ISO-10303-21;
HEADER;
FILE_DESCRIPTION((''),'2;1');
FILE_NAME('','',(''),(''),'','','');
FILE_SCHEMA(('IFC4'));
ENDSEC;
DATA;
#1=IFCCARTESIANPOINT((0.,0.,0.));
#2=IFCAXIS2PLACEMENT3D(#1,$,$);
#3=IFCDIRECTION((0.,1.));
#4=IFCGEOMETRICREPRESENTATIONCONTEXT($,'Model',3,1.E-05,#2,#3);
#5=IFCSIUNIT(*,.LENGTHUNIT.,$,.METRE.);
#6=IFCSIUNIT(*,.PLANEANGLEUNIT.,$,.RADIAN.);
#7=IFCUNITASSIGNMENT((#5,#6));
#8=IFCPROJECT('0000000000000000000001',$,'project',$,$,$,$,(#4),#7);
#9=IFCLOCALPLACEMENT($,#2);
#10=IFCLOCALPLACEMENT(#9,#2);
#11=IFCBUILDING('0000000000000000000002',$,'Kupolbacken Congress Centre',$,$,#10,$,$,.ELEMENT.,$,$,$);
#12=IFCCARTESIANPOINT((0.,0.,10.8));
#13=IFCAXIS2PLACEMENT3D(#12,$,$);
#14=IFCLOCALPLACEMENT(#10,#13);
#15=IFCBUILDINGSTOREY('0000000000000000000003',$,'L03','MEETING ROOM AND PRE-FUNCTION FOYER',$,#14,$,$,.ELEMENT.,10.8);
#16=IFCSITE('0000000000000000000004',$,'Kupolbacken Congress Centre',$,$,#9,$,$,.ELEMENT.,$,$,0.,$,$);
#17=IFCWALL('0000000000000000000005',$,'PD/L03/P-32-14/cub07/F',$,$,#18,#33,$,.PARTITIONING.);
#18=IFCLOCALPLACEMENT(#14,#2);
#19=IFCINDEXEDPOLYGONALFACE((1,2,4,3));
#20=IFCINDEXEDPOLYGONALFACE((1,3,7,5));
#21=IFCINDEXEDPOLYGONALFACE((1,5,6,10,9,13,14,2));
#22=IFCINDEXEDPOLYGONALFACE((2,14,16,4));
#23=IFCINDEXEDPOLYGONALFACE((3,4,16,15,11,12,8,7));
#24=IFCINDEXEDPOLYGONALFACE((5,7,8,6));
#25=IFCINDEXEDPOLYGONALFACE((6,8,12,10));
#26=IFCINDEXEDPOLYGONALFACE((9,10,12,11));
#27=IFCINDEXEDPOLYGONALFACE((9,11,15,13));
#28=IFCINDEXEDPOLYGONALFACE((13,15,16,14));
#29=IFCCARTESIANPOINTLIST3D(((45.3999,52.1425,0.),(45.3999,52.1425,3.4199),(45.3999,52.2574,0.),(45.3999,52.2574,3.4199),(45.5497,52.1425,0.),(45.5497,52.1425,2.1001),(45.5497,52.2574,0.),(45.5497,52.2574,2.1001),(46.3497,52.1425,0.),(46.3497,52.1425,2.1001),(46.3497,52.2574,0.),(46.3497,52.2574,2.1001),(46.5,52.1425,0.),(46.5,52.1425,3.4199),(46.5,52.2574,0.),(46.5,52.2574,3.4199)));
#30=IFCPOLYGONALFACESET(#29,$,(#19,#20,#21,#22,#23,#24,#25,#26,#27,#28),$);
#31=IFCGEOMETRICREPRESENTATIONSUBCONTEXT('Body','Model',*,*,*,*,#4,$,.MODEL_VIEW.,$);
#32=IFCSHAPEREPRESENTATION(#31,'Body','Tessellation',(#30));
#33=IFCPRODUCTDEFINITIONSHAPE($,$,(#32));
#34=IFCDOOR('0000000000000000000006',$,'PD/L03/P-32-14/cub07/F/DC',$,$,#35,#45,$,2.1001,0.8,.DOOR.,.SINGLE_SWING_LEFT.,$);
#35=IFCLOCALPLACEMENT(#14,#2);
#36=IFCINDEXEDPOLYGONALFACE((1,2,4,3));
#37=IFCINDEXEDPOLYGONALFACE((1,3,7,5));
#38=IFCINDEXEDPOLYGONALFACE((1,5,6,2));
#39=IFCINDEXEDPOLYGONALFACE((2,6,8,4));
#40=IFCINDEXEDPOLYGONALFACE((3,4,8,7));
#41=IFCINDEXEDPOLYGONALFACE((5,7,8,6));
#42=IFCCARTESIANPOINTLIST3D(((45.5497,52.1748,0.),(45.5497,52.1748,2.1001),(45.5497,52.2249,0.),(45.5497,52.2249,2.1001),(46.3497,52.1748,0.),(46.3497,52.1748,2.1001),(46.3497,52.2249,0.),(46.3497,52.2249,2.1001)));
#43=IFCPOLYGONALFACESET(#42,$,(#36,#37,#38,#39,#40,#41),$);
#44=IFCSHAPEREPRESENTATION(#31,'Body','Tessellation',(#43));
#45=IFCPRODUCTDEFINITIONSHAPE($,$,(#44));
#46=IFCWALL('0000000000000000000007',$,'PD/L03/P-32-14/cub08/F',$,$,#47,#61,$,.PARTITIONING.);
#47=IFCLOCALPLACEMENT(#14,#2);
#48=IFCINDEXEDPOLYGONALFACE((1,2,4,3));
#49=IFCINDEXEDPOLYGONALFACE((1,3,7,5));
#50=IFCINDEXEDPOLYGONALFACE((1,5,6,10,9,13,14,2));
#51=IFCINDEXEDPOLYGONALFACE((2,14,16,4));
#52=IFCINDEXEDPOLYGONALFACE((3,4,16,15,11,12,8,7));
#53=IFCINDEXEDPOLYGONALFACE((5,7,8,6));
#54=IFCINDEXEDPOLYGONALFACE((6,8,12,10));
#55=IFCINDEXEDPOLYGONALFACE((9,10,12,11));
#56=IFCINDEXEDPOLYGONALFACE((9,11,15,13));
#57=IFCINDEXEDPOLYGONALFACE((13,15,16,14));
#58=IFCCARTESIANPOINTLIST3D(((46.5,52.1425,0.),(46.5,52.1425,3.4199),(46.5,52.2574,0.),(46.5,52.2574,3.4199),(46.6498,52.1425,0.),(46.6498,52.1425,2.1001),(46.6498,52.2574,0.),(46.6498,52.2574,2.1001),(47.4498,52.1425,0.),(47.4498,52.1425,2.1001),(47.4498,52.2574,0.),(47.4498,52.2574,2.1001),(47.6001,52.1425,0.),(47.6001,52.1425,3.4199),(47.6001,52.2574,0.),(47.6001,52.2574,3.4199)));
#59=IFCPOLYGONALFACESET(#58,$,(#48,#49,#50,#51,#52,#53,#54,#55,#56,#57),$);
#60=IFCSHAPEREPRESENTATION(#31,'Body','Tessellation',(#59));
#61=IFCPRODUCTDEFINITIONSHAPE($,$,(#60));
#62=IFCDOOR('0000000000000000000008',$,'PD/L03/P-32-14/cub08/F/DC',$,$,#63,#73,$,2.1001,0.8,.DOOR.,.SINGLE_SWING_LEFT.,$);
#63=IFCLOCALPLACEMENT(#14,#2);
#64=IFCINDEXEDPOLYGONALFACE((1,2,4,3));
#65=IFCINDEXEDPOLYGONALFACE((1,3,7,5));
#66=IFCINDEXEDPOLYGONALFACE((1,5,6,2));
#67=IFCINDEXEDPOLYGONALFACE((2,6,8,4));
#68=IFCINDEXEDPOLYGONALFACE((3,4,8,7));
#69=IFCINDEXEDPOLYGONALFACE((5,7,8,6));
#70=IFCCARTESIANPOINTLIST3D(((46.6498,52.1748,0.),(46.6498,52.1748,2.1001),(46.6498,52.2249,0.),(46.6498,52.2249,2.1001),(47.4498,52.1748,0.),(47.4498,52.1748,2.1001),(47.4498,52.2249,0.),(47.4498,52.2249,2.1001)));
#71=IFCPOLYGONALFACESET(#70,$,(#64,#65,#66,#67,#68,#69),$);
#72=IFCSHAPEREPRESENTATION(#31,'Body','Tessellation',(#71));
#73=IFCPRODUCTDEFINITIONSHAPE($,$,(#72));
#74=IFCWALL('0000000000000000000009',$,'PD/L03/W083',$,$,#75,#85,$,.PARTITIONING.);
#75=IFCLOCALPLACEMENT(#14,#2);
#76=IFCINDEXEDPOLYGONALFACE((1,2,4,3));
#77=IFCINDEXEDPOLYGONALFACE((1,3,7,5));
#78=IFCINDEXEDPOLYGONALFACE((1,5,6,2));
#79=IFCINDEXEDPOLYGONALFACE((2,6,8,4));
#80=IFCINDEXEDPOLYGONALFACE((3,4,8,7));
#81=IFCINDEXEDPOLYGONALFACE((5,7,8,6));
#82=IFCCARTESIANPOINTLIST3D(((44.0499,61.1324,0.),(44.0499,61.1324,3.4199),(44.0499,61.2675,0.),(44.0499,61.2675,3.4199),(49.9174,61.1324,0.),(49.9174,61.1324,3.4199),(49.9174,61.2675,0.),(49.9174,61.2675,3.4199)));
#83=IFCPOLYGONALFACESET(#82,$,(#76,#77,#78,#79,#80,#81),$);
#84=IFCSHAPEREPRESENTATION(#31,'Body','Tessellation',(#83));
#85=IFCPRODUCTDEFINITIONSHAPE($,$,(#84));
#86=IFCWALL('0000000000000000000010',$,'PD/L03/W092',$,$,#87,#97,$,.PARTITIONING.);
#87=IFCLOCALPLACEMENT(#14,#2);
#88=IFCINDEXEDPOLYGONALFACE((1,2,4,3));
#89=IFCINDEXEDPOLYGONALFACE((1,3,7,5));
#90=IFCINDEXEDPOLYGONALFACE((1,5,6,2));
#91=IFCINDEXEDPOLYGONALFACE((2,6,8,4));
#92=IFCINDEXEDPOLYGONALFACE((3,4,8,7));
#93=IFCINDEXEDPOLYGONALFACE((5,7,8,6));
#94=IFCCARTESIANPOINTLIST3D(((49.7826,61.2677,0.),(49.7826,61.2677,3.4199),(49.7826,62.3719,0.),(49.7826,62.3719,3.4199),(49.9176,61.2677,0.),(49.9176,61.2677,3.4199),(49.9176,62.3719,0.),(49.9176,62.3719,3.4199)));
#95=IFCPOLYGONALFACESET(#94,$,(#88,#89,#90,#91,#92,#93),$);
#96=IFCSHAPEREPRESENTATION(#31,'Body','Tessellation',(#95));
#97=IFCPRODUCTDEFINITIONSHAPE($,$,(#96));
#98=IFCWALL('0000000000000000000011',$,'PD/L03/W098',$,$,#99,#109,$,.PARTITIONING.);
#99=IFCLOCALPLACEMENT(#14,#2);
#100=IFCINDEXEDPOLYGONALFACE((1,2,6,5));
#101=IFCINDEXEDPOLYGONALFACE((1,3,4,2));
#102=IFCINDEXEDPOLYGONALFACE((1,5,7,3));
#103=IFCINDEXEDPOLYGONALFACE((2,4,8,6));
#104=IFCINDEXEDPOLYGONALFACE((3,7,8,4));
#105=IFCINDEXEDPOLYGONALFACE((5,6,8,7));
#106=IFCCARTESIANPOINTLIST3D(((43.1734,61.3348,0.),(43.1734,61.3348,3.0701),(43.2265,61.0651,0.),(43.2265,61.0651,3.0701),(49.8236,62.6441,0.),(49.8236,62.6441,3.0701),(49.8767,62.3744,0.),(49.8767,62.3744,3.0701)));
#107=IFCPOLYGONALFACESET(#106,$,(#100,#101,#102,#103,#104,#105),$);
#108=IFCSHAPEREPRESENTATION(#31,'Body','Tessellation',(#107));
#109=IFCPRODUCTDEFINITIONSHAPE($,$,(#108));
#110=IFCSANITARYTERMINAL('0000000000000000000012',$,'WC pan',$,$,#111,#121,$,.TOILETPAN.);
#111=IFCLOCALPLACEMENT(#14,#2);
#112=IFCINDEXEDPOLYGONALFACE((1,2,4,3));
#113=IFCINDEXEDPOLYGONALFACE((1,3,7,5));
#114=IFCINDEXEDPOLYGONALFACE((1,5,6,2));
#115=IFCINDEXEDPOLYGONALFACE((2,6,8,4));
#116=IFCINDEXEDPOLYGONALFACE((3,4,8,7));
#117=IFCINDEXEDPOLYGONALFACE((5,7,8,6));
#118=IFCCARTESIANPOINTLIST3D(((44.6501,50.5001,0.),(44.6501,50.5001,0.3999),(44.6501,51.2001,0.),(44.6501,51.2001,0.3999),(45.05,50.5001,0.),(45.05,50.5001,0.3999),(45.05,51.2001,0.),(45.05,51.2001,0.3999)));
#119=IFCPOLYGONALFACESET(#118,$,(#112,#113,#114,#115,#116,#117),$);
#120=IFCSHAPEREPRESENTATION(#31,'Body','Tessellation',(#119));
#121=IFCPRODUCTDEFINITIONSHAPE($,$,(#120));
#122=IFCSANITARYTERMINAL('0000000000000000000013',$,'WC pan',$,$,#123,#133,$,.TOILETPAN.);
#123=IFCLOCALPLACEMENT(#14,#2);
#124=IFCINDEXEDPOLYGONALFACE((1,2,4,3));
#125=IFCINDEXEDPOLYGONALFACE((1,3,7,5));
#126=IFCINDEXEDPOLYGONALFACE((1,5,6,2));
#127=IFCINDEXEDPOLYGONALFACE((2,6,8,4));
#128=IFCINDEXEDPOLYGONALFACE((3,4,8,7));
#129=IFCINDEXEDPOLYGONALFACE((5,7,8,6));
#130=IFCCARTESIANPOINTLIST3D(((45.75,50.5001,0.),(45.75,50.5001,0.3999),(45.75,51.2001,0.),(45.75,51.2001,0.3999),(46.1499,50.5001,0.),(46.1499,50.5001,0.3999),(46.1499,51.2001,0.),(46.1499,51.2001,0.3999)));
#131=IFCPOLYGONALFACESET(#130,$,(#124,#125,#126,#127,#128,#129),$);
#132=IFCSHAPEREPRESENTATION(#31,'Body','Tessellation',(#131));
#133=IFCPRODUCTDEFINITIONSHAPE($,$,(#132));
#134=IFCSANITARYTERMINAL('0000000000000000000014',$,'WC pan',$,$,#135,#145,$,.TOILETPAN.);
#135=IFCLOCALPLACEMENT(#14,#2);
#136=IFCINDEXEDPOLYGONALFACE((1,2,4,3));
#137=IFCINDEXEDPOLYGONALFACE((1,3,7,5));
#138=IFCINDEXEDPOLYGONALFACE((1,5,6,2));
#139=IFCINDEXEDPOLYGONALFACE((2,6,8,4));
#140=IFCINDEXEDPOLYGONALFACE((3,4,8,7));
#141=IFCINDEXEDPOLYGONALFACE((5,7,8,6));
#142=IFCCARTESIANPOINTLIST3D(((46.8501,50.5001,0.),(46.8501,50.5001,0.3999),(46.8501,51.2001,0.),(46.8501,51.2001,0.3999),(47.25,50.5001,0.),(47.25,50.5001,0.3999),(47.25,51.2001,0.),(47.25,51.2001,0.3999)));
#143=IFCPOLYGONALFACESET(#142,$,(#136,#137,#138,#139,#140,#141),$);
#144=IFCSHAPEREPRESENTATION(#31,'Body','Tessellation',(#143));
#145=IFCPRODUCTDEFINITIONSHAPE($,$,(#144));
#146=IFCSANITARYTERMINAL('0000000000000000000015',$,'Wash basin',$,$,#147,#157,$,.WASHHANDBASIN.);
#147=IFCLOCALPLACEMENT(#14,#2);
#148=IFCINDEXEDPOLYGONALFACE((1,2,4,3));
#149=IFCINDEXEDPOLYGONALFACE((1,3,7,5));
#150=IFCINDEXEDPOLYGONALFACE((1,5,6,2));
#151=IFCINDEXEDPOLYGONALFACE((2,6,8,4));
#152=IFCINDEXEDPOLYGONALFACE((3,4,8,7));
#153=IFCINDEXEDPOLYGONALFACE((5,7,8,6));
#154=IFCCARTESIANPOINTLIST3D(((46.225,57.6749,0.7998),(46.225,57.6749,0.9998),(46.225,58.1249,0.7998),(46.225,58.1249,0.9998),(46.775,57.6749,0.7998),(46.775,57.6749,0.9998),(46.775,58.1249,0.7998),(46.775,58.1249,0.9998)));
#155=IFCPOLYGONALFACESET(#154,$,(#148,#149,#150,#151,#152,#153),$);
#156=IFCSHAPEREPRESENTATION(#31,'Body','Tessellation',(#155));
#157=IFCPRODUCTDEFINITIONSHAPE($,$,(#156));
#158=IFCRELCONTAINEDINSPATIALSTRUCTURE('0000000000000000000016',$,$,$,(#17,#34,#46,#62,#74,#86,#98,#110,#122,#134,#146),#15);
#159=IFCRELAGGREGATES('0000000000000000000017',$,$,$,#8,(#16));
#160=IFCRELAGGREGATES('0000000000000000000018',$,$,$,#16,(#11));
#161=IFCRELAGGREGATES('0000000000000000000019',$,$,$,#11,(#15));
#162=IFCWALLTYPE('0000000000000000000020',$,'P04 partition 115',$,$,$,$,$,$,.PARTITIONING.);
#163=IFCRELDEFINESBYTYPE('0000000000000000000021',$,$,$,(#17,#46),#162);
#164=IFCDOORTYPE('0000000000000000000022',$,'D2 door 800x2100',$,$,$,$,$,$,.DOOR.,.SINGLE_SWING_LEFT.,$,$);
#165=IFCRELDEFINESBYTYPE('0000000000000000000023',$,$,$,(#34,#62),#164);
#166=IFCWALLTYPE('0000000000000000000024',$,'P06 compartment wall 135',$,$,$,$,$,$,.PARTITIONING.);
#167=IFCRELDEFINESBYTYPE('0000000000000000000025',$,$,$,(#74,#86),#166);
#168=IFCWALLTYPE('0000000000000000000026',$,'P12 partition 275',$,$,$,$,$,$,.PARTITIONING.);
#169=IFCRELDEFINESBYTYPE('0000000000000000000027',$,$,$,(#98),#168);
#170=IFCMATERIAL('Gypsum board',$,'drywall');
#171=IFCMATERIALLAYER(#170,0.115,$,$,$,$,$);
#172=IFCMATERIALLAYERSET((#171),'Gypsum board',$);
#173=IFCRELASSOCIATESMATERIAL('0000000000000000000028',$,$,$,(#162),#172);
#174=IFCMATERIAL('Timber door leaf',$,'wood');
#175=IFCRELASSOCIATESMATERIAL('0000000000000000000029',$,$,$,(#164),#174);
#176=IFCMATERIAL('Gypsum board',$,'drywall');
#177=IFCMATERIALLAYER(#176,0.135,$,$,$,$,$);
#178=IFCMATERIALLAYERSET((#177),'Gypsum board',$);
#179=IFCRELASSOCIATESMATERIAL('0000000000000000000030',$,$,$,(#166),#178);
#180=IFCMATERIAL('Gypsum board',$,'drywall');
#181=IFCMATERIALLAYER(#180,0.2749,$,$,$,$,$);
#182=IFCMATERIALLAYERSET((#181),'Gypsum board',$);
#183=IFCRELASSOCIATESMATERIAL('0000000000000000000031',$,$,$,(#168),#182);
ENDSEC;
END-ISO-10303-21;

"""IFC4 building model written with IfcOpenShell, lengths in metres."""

from ifc_helpers import new_model, si_unit, direction, frame, frame_2d, origin, origin_2d, place, context, subcontext, project, spatial, rectangle, extrude, material, layer, layer_set, type_object, element, fill, save


model = new_model("IFC4")

# Units and contexts
model_context = context("Model", 3, precision=1e-05, world=origin(), true_north=direction((0.0, 1.0)))
body_context = subcontext(model_context, "Body", "Model", "MODEL_VIEW")
ifc_project = project(units=[si_unit("LENGTHUNIT", "METRE"), si_unit("PLANEANGLEUNIT", "RADIAN")], contexts=[model_context])

# Site, building, storey
site_placement = place(None, origin())
site = spatial("IfcSite", under=ifc_project, at=site_placement, Name="Kupolbacken Congress Centre", CompositionType="ELEMENT", RefElevation=0.0)
building_placement = place(site_placement, origin())
building = spatial("IfcBuilding", under=site, at=building_placement, Name="Kupolbacken Congress Centre", CompositionType="ELEMENT")
storey_placement = place(building_placement, frame((0.0, 0.0, 10.8)))
storey = spatial("IfcBuildingStorey", under=building, at=storey_placement, Name="L03", Description="MEETING ROOM AND PRE-FUNCTION FOYER", CompositionType="ELEMENT", Elevation=10.8)

# Walls, openings, doors
ifc_material_1 = material(Name="Gypsum board", Category="drywall")
ifc_layer_1 = layer(ifc_material_1, 0.115)
ifc_layer_set_1 = layer_set([ifc_layer_1], Name="Gypsum board")
wall_type_1 = type_object("IfcWallType", Name="P04 partition 115", PredefinedType="PARTITIONING", material=ifc_layer_set_1)
ifc_material_2 = material(Name="Timber door leaf", Category="wood")
door_type = type_object("IfcDoorType", Name="D2 door 800x2100", OperationType="SINGLE_SWING_LEFT", PredefinedType="DOOR", material=ifc_material_2)
wall_1_placement = place(storey_placement, frame((45.3999, 52.2, 0.0), z_axis=(0.0, 0.0, 1.0), x_axis=(1.0, 0.0, 0.0)))
wall_1 = element("IfcWall", 1, at=wall_1_placement, inside=storey, type_object=wall_type_1, Name="PD/L03/P-32-14/cub07/F", PredefinedType="PARTITIONING", context=body_context, shape_type="SweptSolid", body=[
    extrude(rectangle(XDim=1.1001, YDim=0.115, at=frame_2d((0.55, 0.0))), origin(), (0.0, 0.0, 1.0), 3.4199),
])
opening_1_placement = place(wall_1_placement, frame((0.1499, 0.0, 0.0)))
opening_1 = element("IfcOpeningElement", 2, at=opening_1_placement, cuts=wall_1, PredefinedType="OPENING", context=body_context, shape_type="SweptSolid", body=[
    extrude(rectangle(XDim=0.8, YDim=2.1001, at=frame_2d((0.3999, 1.05))), frame((0.0, 0.0674, 0.0), z_axis=(0.0, -1.0, 0.0), x_axis=(1.0, 0.0, 0.0)), (0.0, 0.0, 1.0), 0.135),
])
door_1_placement = place(opening_1_placement, origin())
door_1 = element("IfcDoor", 3, at=door_1_placement, inside=storey, type_object=door_type, Name="PD/L03/P-32-14/cub07/F/DC", OperationType="SINGLE_SWING_LEFT", OverallHeight=2.1001, OverallWidth=0.8, PredefinedType="DOOR", context=body_context, shape_type="SweptSolid", body=[
    extrude(rectangle(XDim=0.8, YDim=2.1001, at=frame_2d((0.3999, 1.05))), frame((0.0, 0.0249, 0.0), z_axis=(0.0, -1.0, 0.0), x_axis=(1.0, 0.0, 0.0)), (0.0, 0.0, 1.0), 0.05),
])
fill(opening_1, door_1)
wall_2_placement = place(storey_placement, frame((46.5, 52.2, 0.0), z_axis=(0.0, 0.0, 1.0), x_axis=(1.0, 0.0, 0.0)))
wall_2 = element("IfcWall", 4, at=wall_2_placement, inside=storey, type_object=wall_type_1, Name="PD/L03/P-32-14/cub08/F", PredefinedType="PARTITIONING", context=body_context, shape_type="SweptSolid", body=[
    extrude(rectangle(XDim=1.1001, YDim=0.115, at=frame_2d((0.55, 0.0))), origin(), (0.0, 0.0, 1.0), 3.4199),
])
opening_2_placement = place(wall_2_placement, frame((0.1499, 0.0, 0.0)))
opening_2 = element("IfcOpeningElement", 5, at=opening_2_placement, cuts=wall_2, PredefinedType="OPENING", context=body_context, shape_type="SweptSolid", body=[
    extrude(rectangle(XDim=0.8, YDim=2.1001, at=frame_2d((0.3999, 1.05))), frame((0.0, 0.0674, 0.0), z_axis=(0.0, -1.0, 0.0), x_axis=(1.0, 0.0, 0.0)), (0.0, 0.0, 1.0), 0.135),
])
door_2_placement = place(opening_2_placement, origin())
door_2 = element("IfcDoor", 6, at=door_2_placement, inside=storey, type_object=door_type, Name="PD/L03/P-32-14/cub08/F/DC", OperationType="SINGLE_SWING_LEFT", OverallHeight=2.1001, OverallWidth=0.8, PredefinedType="DOOR", context=body_context, shape_type="SweptSolid", body=[
    extrude(rectangle(XDim=0.8, YDim=2.1001, at=frame_2d((0.3999, 1.05))), frame((0.0, 0.0249, 0.0), z_axis=(0.0, -1.0, 0.0), x_axis=(1.0, 0.0, 0.0)), (0.0, 0.0, 1.0), 0.05),
])
fill(opening_2, door_2)

# Walls
ifc_material_3 = material(Name="Gypsum board", Category="drywall")
ifc_layer_2 = layer(ifc_material_3, 0.135)
ifc_layer_set_2 = layer_set([ifc_layer_2], Name="Gypsum board")
wall_type_2 = type_object("IfcWallType", Name="P06 compartment wall 135", PredefinedType="PARTITIONING", material=ifc_layer_set_2)
wall_3_placement = place(storey_placement, frame((44.05, 61.2, 0.0), z_axis=(0.0, 0.0, 1.0), x_axis=(1.0, 0.0, 0.0)))
element("IfcWall", 7, at=wall_3_placement, inside=storey, type_object=wall_type_2, Name="PD/L03/W083", PredefinedType="PARTITIONING", context=body_context, shape_type="SweptSolid", body=[
    extrude(rectangle(XDim=5.8674, YDim=0.135, at=frame_2d((2.9336, 0.0))), origin(), (0.0, 0.0, 1.0), 3.4199),
])
wall_4_placement = place(storey_placement, frame((49.8501, 61.2676, 0.0), z_axis=(0.0, 0.0, 1.0), x_axis=(0.0, 1.0, 0.0)))
element("IfcWall", 8, at=wall_4_placement, inside=storey, type_object=wall_type_2, Name="PD/L03/W092", PredefinedType="PARTITIONING", context=body_context, shape_type="SweptSolid", body=[
    extrude(rectangle(XDim=1.1042, YDim=0.135, at=frame_2d((0.5522, 0.0))), origin(), (0.0, 0.0, 1.0), 3.4199),
])
ifc_material_4 = material(Name="Gypsum board", Category="drywall")
ifc_layer_3 = layer(ifc_material_4, 0.2749)
ifc_layer_set_3 = layer_set([ifc_layer_3], Name="Gypsum board")
wall_type_3 = type_object("IfcWallType", Name="P12 partition 275", PredefinedType="PARTITIONING", material=ifc_layer_set_3)
wall_5_placement = place(storey_placement, frame((43.2, 61.2, 0.0), z_axis=(0.0, 0.0, 1.0), x_axis=(0.981164, 0.193178, 0.0)))
element("IfcWall", 9, at=wall_5_placement, inside=storey, type_object=wall_type_3, Name="PD/L03/W098", PredefinedType="PARTITIONING", context=body_context, shape_type="SweptSolid", body=[
    extrude(rectangle(XDim=6.7778, YDim=0.2749, at=frame_2d((3.3889, 0.0))), origin(), (0.0, 0.0, 1.0), 3.0701),
])

# Sanitary terminals
for number, where, z_axis, x_axis, name in (
    (10, (44.8501, 50.8501, 0.0), (0.0, 0.0, 1.0), (1.0, 0.0, 0.0), "WC pan"),
    (11, (45.95, 50.8501, 0.0), (0.0, 0.0, 1.0), (1.0, 0.0, 0.0), "WC pan"),
    (12, (47.05, 50.8501, 0.0), (0.0, 0.0, 1.0), (1.0, 0.0, 0.0), "WC pan"),
):
    element("IfcSanitaryTerminal", number, at=place(storey_placement, frame(where, z_axis=z_axis, x_axis=x_axis)), inside=storey, Name=name, PredefinedType="TOILETPAN", context=body_context, shape_type="SweptSolid", body=[
        extrude(rectangle(XDim=0.3999, YDim=0.7, at=origin_2d()), origin(), (0.0, 0.0, 1.0), 0.3999),
    ])
sanitary_terminal_placement = place(storey_placement, frame((46.5, 57.8999, 0.7998), z_axis=(0.0, 0.0, 1.0), x_axis=(1.0, 0.0, 0.0)))
element("IfcSanitaryTerminal", 13, at=sanitary_terminal_placement, inside=storey, Name="Wash basin", PredefinedType="WASHHANDBASIN", context=body_context, shape_type="SweptSolid", body=[
    extrude(rectangle(XDim=0.55, YDim=0.45, at=origin_2d()), origin(), (0.0, 0.0, 1.0), 0.2),
])

save(model, "model.ifc")
